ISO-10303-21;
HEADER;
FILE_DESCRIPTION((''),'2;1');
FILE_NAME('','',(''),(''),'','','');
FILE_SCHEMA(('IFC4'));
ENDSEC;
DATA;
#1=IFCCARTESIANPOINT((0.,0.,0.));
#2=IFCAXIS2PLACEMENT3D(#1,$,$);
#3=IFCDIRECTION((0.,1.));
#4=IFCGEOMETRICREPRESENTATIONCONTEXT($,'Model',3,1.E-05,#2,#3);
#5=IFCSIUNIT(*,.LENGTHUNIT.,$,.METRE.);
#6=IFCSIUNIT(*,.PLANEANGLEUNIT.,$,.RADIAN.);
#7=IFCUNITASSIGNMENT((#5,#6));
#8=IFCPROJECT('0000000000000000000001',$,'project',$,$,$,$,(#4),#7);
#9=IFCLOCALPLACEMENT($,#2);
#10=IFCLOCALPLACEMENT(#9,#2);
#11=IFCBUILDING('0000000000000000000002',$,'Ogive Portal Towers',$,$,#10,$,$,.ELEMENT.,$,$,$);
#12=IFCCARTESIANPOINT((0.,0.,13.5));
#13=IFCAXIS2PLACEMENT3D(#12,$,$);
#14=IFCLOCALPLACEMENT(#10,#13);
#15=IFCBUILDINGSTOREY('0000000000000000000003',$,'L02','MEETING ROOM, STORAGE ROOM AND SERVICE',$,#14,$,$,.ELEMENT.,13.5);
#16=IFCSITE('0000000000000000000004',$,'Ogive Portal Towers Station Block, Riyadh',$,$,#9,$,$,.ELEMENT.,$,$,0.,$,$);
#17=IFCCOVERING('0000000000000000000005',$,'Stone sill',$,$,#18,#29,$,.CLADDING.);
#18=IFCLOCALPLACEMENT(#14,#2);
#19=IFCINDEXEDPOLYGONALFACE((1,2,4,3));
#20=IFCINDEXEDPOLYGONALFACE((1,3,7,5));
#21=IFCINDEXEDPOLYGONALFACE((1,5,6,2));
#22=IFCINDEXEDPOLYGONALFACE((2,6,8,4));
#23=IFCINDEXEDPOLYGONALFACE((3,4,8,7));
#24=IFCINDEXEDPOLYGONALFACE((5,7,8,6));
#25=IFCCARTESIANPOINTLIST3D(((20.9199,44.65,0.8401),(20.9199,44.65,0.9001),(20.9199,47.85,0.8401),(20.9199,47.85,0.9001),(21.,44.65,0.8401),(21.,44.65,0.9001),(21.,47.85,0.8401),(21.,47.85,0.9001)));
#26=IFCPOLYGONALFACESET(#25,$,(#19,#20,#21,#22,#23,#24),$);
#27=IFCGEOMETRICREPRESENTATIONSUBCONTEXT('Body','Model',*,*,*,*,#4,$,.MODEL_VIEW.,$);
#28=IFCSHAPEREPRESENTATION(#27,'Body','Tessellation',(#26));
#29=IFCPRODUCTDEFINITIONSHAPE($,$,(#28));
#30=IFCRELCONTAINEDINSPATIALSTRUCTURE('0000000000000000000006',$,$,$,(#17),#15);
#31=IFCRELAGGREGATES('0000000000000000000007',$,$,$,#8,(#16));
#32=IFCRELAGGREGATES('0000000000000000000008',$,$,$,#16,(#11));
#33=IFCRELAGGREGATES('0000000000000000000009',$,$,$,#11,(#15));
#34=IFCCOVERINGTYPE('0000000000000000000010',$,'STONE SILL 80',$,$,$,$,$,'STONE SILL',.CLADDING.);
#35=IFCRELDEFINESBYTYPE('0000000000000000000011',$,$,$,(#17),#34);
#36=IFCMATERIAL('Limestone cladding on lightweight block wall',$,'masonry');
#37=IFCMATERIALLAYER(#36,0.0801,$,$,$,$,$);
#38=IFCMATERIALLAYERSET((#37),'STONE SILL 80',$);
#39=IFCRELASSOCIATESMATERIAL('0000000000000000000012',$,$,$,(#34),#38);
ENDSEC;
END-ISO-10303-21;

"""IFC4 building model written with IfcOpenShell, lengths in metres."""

from ifc_helpers import new_model, si_unit, direction, frame, origin, origin_2d, place, context, subcontext, project, spatial, rectangle, extrude, material, layer, layer_set, type_object, element, save


model = new_model("IFC4")

# Units and contexts
model_context = context("Model", 3, precision=1e-05, world=origin(), true_north=direction((0.0, 1.0)))
body_context = subcontext(model_context, "Body", "Model", "MODEL_VIEW")
ifc_project = project(units=[si_unit("LENGTHUNIT", "METRE"), si_unit("PLANEANGLEUNIT", "RADIAN")], contexts=[model_context])

# Site, building, storey
site_placement = place(None, origin())
site = spatial("IfcSite", under=ifc_project, at=site_placement, Name="Ogive Portal Towers Station Block, Riyadh", CompositionType="ELEMENT", RefElevation=0.0)
building_placement = place(site_placement, origin())
building = spatial("IfcBuilding", under=site, at=building_placement, Name="Ogive Portal Towers", CompositionType="ELEMENT")
storey_placement = place(building_placement, frame((0.0, 0.0, 13.5)))
storey = spatial("IfcBuildingStorey", under=building, at=storey_placement, Name="L02", Description="MEETING ROOM, STORAGE ROOM AND SERVICE", CompositionType="ELEMENT", Elevation=13.5)

# Covering
ifc_material_1 = material(Name="Limestone cladding on lightweight block wall", Category="masonry")
ifc_layer_1 = layer(ifc_material_1, 0.0801)
ifc_layer_set_1 = layer_set([ifc_layer_1], Name="STONE SILL 80")
covering_type_1 = type_object("IfcCoveringType", Name="STONE SILL 80", ElementType="STONE SILL", PredefinedType="CLADDING", material=ifc_layer_set_1)
for number, where, z_axis, x_axis, name in (
    (1, (20.96, 46.25, 0.8401), (0.0, 0.0, 1.0), (0.0, -1.0, 0.0), "Stone sill"),
):
    element("IfcCovering", number, at=place(storey_placement, frame(where, z_axis=z_axis, x_axis=x_axis)), inside=storey, type_object=covering_type_1, Name=name, PredefinedType="CLADDING", context=body_context, shape_type="SweptSolid", body=[
        extrude(rectangle(XDim=3.2, YDim=0.0801, at=origin_2d()), origin(), (0.0, 0.0, 1.0), 0.0601),
    ])

save(model, "model.ifc")
